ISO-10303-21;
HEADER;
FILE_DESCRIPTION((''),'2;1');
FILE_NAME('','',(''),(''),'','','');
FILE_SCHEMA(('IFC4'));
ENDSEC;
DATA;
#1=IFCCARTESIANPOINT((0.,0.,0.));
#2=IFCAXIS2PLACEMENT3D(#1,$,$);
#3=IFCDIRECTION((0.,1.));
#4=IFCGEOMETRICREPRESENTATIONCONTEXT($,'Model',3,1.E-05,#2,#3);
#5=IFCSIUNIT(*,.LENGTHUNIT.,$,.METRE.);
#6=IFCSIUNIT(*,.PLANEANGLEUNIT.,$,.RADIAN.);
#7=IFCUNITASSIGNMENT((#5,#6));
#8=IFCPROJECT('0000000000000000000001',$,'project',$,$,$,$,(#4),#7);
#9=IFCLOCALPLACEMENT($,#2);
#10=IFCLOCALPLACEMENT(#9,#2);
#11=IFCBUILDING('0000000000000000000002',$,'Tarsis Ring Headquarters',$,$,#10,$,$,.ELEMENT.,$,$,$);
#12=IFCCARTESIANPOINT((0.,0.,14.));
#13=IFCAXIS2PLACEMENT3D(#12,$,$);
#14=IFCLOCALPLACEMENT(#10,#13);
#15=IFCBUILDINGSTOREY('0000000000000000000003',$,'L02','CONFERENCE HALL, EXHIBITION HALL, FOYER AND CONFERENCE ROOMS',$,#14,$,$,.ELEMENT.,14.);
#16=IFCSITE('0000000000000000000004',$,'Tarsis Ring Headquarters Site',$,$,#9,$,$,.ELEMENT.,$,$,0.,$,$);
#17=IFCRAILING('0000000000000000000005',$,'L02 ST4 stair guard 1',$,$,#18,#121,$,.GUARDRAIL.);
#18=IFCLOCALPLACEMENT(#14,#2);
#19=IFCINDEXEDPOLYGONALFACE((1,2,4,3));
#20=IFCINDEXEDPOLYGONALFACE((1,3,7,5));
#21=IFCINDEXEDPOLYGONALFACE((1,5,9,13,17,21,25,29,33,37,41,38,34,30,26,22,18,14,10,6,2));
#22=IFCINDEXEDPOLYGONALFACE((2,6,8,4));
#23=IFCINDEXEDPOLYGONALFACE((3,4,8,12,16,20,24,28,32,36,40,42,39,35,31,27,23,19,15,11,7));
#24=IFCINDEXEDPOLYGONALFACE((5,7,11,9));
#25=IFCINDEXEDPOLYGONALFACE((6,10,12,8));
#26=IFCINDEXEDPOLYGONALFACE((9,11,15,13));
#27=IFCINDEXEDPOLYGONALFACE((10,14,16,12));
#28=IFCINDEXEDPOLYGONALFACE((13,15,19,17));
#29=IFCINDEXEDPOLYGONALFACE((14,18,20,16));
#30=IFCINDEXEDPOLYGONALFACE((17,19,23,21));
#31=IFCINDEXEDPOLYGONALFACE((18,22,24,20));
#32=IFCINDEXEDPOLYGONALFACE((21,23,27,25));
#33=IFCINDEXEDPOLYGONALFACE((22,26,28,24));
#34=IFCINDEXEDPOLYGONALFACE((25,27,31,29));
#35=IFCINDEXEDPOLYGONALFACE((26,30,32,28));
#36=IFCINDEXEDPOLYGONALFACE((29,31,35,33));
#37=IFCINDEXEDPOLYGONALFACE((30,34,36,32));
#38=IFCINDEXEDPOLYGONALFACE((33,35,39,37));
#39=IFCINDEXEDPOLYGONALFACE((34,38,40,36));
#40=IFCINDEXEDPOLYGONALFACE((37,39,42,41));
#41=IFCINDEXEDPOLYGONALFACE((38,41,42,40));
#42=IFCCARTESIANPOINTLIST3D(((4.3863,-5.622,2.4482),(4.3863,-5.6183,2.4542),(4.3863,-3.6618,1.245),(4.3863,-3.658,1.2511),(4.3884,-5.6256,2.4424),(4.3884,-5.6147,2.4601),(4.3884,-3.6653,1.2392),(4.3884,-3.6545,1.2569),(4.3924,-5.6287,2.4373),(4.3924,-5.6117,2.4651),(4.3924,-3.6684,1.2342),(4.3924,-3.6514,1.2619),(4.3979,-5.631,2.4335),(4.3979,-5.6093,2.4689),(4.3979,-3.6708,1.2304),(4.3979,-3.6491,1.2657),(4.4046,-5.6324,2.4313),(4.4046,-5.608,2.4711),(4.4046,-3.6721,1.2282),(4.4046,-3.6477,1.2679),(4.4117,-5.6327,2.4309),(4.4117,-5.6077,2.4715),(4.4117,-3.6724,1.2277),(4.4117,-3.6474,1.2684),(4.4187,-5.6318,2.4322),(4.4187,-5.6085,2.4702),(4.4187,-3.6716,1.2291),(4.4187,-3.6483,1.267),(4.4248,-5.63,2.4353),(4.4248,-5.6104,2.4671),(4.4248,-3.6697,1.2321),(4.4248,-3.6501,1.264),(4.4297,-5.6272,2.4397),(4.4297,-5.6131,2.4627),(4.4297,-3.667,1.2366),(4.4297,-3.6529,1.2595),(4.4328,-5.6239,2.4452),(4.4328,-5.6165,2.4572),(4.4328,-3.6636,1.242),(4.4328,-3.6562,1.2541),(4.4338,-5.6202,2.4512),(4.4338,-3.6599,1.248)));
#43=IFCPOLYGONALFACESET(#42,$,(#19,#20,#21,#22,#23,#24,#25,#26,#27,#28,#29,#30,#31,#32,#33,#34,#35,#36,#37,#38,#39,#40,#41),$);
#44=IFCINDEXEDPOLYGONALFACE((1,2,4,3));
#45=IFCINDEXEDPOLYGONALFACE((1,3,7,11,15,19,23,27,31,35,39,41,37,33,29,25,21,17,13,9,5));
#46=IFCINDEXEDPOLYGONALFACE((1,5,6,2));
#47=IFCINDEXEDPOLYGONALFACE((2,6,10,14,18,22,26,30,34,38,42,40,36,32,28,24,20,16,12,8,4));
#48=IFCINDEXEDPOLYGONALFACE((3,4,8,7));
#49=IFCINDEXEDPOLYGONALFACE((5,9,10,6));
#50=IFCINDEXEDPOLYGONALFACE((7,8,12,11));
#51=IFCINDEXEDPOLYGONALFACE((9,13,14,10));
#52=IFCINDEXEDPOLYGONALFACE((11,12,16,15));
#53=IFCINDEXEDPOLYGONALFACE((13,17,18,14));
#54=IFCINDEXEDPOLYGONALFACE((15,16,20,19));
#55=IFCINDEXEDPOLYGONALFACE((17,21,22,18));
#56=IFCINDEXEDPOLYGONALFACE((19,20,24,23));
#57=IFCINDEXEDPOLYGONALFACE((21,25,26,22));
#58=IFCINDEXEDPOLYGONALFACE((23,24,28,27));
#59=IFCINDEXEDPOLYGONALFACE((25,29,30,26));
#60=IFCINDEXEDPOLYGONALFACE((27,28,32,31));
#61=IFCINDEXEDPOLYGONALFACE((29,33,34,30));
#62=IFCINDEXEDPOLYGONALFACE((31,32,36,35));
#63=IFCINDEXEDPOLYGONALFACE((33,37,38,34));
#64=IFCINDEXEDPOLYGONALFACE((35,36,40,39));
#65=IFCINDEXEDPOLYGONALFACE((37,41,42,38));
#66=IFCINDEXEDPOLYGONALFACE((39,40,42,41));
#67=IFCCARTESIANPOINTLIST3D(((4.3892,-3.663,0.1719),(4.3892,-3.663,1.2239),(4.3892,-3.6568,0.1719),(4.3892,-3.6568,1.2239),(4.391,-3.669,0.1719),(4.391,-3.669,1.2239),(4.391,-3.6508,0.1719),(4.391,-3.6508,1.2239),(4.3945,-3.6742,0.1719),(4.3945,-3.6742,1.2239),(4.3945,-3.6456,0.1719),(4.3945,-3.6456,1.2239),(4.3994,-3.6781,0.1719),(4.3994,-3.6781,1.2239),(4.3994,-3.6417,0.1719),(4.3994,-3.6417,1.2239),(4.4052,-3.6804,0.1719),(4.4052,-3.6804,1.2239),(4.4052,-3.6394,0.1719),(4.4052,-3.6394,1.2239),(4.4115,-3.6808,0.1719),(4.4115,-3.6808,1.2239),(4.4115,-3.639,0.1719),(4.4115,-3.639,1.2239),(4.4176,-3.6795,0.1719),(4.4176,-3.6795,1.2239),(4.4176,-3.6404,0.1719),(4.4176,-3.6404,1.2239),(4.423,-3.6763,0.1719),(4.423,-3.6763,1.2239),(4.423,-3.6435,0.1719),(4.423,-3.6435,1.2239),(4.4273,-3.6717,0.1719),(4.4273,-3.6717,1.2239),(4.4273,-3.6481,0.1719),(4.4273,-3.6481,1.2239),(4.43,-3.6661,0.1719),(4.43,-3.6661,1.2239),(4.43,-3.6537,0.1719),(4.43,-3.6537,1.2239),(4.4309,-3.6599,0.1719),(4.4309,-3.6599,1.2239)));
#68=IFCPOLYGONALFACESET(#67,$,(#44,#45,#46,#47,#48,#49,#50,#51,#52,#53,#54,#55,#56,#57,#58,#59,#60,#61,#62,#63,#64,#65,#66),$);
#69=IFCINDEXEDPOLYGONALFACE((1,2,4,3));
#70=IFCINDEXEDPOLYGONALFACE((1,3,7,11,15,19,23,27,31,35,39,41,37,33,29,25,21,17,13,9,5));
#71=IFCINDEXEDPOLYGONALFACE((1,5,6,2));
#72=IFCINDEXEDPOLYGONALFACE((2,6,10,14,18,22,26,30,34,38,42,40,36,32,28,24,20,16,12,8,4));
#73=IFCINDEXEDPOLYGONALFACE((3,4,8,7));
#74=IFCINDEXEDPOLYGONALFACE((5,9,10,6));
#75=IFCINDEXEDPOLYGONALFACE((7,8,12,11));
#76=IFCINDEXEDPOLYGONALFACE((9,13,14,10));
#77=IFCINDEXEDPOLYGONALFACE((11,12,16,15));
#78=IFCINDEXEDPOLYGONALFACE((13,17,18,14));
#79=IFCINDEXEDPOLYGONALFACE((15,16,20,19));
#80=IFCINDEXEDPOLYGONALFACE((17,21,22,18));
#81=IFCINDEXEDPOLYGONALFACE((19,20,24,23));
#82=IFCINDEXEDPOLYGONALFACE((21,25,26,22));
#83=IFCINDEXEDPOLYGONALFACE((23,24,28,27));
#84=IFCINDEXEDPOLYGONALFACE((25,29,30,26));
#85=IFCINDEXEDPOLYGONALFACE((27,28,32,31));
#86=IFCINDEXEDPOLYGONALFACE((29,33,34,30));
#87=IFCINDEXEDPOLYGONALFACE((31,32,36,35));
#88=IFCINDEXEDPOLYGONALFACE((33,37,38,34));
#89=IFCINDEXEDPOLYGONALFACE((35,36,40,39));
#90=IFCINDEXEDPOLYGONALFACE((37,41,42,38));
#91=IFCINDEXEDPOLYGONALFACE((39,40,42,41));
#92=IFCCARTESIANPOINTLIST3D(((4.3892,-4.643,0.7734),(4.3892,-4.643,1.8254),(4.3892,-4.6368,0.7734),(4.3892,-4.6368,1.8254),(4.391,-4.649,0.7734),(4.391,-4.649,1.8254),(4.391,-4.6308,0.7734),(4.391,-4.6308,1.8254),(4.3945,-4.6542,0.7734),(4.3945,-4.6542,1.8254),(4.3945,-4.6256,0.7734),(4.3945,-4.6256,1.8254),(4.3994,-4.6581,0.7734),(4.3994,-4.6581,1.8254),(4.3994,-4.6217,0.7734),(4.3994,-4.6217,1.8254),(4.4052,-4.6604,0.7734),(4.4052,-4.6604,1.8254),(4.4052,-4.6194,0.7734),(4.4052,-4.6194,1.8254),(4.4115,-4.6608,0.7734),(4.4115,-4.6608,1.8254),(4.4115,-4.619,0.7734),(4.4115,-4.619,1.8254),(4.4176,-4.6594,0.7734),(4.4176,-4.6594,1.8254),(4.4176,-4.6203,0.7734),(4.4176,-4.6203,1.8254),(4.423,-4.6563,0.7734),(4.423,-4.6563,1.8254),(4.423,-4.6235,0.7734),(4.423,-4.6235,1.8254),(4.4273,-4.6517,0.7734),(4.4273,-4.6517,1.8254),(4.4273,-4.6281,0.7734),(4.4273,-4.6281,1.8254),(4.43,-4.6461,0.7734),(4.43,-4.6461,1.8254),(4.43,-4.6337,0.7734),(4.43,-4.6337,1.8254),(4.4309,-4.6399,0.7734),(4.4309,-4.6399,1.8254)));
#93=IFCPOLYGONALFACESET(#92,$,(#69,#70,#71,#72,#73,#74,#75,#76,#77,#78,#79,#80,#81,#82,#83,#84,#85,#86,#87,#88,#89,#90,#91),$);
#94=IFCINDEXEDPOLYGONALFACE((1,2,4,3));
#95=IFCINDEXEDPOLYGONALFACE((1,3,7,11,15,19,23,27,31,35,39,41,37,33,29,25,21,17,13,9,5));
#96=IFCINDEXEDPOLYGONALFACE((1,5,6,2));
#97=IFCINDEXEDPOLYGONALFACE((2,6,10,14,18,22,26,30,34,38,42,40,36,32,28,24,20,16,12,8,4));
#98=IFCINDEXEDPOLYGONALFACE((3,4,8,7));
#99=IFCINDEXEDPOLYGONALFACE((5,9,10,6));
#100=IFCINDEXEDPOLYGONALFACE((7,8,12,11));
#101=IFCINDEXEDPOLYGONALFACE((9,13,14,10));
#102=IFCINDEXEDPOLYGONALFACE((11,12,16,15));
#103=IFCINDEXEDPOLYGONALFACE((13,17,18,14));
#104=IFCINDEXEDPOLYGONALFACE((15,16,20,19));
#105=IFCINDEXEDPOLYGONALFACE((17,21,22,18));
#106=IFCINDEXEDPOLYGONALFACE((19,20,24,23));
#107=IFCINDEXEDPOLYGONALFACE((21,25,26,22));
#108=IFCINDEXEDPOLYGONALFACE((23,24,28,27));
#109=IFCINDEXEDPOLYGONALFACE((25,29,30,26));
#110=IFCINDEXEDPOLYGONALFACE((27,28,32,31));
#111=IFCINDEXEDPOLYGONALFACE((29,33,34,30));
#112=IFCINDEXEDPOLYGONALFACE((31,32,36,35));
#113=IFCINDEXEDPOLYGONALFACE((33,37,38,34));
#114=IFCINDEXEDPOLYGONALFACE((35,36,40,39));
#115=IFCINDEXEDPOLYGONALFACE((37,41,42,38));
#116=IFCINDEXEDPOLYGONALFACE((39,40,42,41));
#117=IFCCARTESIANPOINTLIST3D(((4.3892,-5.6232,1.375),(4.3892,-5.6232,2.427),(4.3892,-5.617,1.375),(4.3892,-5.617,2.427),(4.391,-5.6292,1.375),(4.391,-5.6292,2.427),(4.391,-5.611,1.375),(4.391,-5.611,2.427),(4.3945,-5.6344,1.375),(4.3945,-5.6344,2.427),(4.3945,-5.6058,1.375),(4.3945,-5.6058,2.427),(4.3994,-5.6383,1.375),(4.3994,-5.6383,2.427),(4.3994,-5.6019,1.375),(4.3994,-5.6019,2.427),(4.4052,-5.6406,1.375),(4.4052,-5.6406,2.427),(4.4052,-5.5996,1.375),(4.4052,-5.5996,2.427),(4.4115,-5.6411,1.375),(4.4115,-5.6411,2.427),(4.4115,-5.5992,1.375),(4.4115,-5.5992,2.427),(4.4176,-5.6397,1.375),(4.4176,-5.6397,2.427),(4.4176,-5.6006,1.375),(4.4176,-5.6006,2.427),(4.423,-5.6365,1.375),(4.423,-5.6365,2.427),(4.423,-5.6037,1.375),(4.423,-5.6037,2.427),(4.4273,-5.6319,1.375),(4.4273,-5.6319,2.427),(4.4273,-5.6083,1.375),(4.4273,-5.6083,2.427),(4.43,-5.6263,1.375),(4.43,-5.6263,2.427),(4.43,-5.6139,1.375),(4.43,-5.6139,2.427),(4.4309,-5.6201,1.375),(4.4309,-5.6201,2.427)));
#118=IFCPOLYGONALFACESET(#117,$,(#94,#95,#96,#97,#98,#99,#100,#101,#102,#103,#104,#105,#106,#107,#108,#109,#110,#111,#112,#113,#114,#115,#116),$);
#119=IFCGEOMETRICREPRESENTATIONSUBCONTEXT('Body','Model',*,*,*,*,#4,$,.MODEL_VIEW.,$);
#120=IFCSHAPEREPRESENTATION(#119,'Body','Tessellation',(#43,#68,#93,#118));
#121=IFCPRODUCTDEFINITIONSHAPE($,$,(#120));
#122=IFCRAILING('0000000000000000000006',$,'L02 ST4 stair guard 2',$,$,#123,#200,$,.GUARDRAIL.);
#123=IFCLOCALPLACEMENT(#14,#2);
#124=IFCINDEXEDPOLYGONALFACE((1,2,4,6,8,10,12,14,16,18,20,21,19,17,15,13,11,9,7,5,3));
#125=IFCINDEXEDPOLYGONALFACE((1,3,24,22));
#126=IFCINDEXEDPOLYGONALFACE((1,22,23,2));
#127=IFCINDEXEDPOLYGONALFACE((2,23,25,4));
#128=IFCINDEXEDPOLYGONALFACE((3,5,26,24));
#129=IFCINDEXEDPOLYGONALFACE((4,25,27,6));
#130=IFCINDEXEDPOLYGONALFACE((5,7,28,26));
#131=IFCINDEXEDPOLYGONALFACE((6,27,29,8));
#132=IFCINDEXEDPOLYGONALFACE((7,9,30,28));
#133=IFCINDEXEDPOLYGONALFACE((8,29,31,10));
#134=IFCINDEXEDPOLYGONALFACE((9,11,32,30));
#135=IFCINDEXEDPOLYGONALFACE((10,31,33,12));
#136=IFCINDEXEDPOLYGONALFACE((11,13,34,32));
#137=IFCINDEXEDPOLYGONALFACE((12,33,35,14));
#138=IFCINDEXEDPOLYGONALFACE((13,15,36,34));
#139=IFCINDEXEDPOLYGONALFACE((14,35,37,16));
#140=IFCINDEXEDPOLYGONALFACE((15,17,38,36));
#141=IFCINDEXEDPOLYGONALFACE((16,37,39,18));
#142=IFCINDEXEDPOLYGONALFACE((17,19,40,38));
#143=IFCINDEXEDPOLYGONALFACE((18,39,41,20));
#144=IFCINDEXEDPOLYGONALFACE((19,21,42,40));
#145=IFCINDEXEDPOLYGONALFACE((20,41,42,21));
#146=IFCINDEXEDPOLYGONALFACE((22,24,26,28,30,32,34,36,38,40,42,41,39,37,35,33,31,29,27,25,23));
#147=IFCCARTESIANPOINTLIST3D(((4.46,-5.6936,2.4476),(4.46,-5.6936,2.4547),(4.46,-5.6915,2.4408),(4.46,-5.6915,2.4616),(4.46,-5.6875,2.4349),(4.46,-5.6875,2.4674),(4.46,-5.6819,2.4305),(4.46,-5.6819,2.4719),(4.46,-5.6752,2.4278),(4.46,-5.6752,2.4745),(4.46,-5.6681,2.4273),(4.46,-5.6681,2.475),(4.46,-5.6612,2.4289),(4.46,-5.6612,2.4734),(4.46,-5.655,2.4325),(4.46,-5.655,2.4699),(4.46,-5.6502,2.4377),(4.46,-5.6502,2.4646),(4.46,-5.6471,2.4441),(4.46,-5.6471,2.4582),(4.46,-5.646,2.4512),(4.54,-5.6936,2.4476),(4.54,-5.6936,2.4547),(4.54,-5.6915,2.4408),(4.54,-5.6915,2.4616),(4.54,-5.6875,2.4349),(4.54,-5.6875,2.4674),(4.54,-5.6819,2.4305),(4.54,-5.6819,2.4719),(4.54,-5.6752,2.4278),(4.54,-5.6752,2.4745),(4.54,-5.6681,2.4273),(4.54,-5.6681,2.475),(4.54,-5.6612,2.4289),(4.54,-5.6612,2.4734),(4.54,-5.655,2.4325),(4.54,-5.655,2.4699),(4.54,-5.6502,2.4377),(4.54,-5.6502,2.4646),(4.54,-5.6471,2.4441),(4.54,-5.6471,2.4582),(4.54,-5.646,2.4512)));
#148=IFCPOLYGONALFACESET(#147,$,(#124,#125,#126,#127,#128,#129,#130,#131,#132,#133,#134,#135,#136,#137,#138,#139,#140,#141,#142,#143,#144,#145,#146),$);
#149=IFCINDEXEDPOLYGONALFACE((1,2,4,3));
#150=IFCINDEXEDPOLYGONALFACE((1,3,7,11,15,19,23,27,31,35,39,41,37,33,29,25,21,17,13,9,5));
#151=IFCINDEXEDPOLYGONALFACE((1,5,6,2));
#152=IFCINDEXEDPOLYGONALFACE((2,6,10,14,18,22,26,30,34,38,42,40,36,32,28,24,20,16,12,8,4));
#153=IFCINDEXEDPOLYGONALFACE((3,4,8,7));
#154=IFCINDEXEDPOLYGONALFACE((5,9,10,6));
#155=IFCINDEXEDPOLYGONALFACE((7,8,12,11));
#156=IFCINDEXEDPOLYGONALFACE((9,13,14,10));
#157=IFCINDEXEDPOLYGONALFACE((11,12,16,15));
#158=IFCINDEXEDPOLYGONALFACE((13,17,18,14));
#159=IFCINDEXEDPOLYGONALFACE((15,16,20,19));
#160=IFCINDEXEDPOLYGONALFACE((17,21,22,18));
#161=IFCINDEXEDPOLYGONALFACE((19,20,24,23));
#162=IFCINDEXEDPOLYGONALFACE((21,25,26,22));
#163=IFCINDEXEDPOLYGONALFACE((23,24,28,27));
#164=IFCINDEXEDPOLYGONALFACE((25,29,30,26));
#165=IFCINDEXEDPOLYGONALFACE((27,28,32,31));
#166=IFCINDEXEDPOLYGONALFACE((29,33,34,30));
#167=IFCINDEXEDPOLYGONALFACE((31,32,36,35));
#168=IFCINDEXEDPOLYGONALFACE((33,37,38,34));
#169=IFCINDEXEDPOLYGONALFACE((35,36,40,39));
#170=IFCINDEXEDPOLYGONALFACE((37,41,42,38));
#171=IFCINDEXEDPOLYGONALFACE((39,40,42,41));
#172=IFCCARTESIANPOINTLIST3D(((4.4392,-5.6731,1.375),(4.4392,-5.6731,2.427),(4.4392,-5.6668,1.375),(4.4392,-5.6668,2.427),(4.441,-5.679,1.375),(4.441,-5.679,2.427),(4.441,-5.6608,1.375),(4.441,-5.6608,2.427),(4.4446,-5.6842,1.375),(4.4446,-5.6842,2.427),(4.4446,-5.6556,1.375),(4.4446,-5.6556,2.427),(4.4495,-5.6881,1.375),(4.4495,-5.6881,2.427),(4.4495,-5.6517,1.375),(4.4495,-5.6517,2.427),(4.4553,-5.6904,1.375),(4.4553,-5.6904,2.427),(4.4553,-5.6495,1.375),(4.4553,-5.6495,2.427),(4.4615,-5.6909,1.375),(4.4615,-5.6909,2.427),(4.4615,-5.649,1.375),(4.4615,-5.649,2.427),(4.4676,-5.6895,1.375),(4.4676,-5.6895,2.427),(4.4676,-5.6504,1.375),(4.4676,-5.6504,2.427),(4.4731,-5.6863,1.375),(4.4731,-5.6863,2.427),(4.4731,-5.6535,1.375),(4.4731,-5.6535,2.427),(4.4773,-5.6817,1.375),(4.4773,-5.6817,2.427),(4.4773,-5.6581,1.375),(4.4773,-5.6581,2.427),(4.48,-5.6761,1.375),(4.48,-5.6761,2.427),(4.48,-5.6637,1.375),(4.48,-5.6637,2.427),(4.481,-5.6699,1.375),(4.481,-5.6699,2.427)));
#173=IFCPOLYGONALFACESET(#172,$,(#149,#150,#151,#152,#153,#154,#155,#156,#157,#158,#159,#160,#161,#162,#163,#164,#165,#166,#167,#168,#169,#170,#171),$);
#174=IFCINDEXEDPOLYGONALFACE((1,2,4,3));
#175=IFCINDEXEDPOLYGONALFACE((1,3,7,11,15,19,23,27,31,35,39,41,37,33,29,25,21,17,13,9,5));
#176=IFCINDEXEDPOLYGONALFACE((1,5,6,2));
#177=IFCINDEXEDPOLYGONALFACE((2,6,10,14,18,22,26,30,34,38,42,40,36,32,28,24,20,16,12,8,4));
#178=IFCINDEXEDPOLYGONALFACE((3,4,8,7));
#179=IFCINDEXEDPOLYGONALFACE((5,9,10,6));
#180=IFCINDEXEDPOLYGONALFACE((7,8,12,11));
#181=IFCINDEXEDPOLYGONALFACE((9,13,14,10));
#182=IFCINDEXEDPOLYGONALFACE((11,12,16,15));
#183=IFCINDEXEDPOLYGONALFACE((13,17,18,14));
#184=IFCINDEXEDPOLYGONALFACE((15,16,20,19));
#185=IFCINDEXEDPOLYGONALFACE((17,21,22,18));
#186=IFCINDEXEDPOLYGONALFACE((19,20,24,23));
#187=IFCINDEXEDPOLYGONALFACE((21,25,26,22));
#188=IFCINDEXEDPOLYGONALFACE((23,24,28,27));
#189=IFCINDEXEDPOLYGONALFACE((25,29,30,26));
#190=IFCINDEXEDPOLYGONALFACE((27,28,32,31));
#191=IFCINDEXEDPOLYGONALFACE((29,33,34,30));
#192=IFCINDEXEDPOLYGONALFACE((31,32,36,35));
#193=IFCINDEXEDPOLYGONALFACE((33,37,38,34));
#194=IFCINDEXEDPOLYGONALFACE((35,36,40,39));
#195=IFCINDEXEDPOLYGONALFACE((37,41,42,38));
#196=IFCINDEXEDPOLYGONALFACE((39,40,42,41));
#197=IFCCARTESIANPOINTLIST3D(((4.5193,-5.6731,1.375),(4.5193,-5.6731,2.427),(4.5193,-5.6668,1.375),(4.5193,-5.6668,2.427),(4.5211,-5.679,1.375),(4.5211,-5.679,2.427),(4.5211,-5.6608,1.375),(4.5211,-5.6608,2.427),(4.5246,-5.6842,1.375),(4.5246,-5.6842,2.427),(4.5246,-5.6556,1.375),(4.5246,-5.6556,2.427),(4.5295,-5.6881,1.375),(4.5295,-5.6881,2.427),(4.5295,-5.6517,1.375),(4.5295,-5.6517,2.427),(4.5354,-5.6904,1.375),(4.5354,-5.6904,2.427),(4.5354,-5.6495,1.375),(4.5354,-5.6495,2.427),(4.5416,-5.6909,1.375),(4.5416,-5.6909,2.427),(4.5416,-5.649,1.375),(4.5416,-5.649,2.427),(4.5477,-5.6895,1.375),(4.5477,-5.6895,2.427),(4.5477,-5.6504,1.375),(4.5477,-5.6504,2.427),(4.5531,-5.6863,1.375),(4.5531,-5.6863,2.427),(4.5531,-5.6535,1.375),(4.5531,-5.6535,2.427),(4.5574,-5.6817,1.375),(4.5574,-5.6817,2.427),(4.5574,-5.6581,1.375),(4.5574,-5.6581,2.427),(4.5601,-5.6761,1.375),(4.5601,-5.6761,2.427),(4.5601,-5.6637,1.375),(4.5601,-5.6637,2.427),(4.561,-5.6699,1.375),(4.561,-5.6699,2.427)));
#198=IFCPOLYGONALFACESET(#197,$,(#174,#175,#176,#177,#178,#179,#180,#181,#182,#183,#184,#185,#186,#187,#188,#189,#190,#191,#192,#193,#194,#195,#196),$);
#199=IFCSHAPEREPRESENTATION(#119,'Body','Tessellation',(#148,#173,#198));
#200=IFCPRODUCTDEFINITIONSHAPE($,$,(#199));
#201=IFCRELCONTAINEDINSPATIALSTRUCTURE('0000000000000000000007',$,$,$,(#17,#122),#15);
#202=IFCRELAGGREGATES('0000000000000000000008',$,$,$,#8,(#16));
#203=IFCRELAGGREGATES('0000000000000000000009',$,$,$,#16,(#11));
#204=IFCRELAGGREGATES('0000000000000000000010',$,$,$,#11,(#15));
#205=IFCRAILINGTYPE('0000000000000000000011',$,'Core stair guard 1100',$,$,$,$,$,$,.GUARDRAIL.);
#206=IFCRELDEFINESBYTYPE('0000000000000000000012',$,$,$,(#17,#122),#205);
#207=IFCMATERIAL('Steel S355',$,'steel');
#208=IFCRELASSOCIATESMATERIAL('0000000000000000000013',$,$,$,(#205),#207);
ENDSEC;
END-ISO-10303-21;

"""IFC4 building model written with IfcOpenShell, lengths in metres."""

from ifc_helpers import new_model, si_unit, direction, frame, origin, origin_2d, place, context, subcontext, project, spatial, circle, extrude, material, type_object, element, save


model = new_model("IFC4")

# Units and contexts
model_context = context("Model", 3, precision=1e-05, world=origin(), true_north=direction((0.0, 1.0)))
body_context = subcontext(model_context, "Body", "Model", "MODEL_VIEW")
ifc_project = project(units=[si_unit("LENGTHUNIT", "METRE"), si_unit("PLANEANGLEUNIT", "RADIAN")], contexts=[model_context])

# Site, building, storey
site_placement = place(None, origin())
site = spatial("IfcSite", under=ifc_project, at=site_placement, Name="Tarsis Ring Headquarters Site", CompositionType="ELEMENT", RefElevation=0.0)
building_placement = place(site_placement, origin())
building = spatial("IfcBuilding", under=site, at=building_placement, Name="Tarsis Ring Headquarters", CompositionType="ELEMENT")
storey_placement = place(building_placement, frame((0.0, 0.0, 14.0)))
storey = spatial("IfcBuildingStorey", under=building, at=storey_placement, Name="L02", Description="CONFERENCE HALL, EXHIBITION HALL, FOYER AND CONFERENCE ROOMS", CompositionType="ELEMENT", Elevation=14.0)

# Railings
ifc_material_1 = material(Name="Steel S355", Category="steel")
railing_type_1 = type_object("IfcRailingType", Name="Core stair guard 1100", PredefinedType="GUARDRAIL", material=ifc_material_1)
railing_1_placement = place(storey_placement, frame((4.4099, -3.6599, 0.1719)))
element("IfcRailing", 1, at=railing_1_placement, inside=storey, type_object=railing_type_1, Name="L02 ST4 stair guard 1", PredefinedType="GUARDRAIL", context=body_context, shape_type="SweptSolid", body=[
    extrude(circle(Radius=0.0239, at=origin_2d()), frame((0.0, 0.0, 1.0762), z_axis=(0.0, -0.85227, 0.523102), x_axis=(1.0, 0.0, 0.0)), (0.0, 0.0, 1.0), 2.3),
    extrude(circle(Radius=0.021, at=origin_2d()), origin(), (0.0, 0.0, 1.0), 1.052),
    extrude(circle(Radius=0.021, at=origin_2d()), frame((0.0, -0.98, 0.6016)), (0.0, 0.0, 1.0), 1.052),
    extrude(circle(Radius=0.021, at=origin_2d()), frame((0.0, -1.9602, 1.2031)), (0.0, 0.0, 1.0), 1.052),
])
railing_2_placement = place(storey_placement, frame((4.46, -5.6699, 1.375)))
element("IfcRailing", 2, at=railing_2_placement, inside=storey, type_object=railing_type_1, Name="L02 ST4 stair guard 2", PredefinedType="GUARDRAIL", context=body_context, shape_type="SweptSolid", body=[
    extrude(circle(Radius=0.0239, at=origin_2d()), frame((0.0, 0.0, 1.0762), z_axis=(1.0, 0.0, 0.0), x_axis=(0.0, 1.0, 0.0)), (0.0, 0.0, 1.0), 0.0801),
    extrude(circle(Radius=0.021, at=origin_2d()), origin(), (0.0, 0.0, 1.0), 1.052),
    extrude(circle(Radius=0.021, at=origin_2d()), frame((0.0801, 0.0, 0.0)), (0.0, 0.0, 1.0), 1.052),
])

save(model, "model.ifc")
